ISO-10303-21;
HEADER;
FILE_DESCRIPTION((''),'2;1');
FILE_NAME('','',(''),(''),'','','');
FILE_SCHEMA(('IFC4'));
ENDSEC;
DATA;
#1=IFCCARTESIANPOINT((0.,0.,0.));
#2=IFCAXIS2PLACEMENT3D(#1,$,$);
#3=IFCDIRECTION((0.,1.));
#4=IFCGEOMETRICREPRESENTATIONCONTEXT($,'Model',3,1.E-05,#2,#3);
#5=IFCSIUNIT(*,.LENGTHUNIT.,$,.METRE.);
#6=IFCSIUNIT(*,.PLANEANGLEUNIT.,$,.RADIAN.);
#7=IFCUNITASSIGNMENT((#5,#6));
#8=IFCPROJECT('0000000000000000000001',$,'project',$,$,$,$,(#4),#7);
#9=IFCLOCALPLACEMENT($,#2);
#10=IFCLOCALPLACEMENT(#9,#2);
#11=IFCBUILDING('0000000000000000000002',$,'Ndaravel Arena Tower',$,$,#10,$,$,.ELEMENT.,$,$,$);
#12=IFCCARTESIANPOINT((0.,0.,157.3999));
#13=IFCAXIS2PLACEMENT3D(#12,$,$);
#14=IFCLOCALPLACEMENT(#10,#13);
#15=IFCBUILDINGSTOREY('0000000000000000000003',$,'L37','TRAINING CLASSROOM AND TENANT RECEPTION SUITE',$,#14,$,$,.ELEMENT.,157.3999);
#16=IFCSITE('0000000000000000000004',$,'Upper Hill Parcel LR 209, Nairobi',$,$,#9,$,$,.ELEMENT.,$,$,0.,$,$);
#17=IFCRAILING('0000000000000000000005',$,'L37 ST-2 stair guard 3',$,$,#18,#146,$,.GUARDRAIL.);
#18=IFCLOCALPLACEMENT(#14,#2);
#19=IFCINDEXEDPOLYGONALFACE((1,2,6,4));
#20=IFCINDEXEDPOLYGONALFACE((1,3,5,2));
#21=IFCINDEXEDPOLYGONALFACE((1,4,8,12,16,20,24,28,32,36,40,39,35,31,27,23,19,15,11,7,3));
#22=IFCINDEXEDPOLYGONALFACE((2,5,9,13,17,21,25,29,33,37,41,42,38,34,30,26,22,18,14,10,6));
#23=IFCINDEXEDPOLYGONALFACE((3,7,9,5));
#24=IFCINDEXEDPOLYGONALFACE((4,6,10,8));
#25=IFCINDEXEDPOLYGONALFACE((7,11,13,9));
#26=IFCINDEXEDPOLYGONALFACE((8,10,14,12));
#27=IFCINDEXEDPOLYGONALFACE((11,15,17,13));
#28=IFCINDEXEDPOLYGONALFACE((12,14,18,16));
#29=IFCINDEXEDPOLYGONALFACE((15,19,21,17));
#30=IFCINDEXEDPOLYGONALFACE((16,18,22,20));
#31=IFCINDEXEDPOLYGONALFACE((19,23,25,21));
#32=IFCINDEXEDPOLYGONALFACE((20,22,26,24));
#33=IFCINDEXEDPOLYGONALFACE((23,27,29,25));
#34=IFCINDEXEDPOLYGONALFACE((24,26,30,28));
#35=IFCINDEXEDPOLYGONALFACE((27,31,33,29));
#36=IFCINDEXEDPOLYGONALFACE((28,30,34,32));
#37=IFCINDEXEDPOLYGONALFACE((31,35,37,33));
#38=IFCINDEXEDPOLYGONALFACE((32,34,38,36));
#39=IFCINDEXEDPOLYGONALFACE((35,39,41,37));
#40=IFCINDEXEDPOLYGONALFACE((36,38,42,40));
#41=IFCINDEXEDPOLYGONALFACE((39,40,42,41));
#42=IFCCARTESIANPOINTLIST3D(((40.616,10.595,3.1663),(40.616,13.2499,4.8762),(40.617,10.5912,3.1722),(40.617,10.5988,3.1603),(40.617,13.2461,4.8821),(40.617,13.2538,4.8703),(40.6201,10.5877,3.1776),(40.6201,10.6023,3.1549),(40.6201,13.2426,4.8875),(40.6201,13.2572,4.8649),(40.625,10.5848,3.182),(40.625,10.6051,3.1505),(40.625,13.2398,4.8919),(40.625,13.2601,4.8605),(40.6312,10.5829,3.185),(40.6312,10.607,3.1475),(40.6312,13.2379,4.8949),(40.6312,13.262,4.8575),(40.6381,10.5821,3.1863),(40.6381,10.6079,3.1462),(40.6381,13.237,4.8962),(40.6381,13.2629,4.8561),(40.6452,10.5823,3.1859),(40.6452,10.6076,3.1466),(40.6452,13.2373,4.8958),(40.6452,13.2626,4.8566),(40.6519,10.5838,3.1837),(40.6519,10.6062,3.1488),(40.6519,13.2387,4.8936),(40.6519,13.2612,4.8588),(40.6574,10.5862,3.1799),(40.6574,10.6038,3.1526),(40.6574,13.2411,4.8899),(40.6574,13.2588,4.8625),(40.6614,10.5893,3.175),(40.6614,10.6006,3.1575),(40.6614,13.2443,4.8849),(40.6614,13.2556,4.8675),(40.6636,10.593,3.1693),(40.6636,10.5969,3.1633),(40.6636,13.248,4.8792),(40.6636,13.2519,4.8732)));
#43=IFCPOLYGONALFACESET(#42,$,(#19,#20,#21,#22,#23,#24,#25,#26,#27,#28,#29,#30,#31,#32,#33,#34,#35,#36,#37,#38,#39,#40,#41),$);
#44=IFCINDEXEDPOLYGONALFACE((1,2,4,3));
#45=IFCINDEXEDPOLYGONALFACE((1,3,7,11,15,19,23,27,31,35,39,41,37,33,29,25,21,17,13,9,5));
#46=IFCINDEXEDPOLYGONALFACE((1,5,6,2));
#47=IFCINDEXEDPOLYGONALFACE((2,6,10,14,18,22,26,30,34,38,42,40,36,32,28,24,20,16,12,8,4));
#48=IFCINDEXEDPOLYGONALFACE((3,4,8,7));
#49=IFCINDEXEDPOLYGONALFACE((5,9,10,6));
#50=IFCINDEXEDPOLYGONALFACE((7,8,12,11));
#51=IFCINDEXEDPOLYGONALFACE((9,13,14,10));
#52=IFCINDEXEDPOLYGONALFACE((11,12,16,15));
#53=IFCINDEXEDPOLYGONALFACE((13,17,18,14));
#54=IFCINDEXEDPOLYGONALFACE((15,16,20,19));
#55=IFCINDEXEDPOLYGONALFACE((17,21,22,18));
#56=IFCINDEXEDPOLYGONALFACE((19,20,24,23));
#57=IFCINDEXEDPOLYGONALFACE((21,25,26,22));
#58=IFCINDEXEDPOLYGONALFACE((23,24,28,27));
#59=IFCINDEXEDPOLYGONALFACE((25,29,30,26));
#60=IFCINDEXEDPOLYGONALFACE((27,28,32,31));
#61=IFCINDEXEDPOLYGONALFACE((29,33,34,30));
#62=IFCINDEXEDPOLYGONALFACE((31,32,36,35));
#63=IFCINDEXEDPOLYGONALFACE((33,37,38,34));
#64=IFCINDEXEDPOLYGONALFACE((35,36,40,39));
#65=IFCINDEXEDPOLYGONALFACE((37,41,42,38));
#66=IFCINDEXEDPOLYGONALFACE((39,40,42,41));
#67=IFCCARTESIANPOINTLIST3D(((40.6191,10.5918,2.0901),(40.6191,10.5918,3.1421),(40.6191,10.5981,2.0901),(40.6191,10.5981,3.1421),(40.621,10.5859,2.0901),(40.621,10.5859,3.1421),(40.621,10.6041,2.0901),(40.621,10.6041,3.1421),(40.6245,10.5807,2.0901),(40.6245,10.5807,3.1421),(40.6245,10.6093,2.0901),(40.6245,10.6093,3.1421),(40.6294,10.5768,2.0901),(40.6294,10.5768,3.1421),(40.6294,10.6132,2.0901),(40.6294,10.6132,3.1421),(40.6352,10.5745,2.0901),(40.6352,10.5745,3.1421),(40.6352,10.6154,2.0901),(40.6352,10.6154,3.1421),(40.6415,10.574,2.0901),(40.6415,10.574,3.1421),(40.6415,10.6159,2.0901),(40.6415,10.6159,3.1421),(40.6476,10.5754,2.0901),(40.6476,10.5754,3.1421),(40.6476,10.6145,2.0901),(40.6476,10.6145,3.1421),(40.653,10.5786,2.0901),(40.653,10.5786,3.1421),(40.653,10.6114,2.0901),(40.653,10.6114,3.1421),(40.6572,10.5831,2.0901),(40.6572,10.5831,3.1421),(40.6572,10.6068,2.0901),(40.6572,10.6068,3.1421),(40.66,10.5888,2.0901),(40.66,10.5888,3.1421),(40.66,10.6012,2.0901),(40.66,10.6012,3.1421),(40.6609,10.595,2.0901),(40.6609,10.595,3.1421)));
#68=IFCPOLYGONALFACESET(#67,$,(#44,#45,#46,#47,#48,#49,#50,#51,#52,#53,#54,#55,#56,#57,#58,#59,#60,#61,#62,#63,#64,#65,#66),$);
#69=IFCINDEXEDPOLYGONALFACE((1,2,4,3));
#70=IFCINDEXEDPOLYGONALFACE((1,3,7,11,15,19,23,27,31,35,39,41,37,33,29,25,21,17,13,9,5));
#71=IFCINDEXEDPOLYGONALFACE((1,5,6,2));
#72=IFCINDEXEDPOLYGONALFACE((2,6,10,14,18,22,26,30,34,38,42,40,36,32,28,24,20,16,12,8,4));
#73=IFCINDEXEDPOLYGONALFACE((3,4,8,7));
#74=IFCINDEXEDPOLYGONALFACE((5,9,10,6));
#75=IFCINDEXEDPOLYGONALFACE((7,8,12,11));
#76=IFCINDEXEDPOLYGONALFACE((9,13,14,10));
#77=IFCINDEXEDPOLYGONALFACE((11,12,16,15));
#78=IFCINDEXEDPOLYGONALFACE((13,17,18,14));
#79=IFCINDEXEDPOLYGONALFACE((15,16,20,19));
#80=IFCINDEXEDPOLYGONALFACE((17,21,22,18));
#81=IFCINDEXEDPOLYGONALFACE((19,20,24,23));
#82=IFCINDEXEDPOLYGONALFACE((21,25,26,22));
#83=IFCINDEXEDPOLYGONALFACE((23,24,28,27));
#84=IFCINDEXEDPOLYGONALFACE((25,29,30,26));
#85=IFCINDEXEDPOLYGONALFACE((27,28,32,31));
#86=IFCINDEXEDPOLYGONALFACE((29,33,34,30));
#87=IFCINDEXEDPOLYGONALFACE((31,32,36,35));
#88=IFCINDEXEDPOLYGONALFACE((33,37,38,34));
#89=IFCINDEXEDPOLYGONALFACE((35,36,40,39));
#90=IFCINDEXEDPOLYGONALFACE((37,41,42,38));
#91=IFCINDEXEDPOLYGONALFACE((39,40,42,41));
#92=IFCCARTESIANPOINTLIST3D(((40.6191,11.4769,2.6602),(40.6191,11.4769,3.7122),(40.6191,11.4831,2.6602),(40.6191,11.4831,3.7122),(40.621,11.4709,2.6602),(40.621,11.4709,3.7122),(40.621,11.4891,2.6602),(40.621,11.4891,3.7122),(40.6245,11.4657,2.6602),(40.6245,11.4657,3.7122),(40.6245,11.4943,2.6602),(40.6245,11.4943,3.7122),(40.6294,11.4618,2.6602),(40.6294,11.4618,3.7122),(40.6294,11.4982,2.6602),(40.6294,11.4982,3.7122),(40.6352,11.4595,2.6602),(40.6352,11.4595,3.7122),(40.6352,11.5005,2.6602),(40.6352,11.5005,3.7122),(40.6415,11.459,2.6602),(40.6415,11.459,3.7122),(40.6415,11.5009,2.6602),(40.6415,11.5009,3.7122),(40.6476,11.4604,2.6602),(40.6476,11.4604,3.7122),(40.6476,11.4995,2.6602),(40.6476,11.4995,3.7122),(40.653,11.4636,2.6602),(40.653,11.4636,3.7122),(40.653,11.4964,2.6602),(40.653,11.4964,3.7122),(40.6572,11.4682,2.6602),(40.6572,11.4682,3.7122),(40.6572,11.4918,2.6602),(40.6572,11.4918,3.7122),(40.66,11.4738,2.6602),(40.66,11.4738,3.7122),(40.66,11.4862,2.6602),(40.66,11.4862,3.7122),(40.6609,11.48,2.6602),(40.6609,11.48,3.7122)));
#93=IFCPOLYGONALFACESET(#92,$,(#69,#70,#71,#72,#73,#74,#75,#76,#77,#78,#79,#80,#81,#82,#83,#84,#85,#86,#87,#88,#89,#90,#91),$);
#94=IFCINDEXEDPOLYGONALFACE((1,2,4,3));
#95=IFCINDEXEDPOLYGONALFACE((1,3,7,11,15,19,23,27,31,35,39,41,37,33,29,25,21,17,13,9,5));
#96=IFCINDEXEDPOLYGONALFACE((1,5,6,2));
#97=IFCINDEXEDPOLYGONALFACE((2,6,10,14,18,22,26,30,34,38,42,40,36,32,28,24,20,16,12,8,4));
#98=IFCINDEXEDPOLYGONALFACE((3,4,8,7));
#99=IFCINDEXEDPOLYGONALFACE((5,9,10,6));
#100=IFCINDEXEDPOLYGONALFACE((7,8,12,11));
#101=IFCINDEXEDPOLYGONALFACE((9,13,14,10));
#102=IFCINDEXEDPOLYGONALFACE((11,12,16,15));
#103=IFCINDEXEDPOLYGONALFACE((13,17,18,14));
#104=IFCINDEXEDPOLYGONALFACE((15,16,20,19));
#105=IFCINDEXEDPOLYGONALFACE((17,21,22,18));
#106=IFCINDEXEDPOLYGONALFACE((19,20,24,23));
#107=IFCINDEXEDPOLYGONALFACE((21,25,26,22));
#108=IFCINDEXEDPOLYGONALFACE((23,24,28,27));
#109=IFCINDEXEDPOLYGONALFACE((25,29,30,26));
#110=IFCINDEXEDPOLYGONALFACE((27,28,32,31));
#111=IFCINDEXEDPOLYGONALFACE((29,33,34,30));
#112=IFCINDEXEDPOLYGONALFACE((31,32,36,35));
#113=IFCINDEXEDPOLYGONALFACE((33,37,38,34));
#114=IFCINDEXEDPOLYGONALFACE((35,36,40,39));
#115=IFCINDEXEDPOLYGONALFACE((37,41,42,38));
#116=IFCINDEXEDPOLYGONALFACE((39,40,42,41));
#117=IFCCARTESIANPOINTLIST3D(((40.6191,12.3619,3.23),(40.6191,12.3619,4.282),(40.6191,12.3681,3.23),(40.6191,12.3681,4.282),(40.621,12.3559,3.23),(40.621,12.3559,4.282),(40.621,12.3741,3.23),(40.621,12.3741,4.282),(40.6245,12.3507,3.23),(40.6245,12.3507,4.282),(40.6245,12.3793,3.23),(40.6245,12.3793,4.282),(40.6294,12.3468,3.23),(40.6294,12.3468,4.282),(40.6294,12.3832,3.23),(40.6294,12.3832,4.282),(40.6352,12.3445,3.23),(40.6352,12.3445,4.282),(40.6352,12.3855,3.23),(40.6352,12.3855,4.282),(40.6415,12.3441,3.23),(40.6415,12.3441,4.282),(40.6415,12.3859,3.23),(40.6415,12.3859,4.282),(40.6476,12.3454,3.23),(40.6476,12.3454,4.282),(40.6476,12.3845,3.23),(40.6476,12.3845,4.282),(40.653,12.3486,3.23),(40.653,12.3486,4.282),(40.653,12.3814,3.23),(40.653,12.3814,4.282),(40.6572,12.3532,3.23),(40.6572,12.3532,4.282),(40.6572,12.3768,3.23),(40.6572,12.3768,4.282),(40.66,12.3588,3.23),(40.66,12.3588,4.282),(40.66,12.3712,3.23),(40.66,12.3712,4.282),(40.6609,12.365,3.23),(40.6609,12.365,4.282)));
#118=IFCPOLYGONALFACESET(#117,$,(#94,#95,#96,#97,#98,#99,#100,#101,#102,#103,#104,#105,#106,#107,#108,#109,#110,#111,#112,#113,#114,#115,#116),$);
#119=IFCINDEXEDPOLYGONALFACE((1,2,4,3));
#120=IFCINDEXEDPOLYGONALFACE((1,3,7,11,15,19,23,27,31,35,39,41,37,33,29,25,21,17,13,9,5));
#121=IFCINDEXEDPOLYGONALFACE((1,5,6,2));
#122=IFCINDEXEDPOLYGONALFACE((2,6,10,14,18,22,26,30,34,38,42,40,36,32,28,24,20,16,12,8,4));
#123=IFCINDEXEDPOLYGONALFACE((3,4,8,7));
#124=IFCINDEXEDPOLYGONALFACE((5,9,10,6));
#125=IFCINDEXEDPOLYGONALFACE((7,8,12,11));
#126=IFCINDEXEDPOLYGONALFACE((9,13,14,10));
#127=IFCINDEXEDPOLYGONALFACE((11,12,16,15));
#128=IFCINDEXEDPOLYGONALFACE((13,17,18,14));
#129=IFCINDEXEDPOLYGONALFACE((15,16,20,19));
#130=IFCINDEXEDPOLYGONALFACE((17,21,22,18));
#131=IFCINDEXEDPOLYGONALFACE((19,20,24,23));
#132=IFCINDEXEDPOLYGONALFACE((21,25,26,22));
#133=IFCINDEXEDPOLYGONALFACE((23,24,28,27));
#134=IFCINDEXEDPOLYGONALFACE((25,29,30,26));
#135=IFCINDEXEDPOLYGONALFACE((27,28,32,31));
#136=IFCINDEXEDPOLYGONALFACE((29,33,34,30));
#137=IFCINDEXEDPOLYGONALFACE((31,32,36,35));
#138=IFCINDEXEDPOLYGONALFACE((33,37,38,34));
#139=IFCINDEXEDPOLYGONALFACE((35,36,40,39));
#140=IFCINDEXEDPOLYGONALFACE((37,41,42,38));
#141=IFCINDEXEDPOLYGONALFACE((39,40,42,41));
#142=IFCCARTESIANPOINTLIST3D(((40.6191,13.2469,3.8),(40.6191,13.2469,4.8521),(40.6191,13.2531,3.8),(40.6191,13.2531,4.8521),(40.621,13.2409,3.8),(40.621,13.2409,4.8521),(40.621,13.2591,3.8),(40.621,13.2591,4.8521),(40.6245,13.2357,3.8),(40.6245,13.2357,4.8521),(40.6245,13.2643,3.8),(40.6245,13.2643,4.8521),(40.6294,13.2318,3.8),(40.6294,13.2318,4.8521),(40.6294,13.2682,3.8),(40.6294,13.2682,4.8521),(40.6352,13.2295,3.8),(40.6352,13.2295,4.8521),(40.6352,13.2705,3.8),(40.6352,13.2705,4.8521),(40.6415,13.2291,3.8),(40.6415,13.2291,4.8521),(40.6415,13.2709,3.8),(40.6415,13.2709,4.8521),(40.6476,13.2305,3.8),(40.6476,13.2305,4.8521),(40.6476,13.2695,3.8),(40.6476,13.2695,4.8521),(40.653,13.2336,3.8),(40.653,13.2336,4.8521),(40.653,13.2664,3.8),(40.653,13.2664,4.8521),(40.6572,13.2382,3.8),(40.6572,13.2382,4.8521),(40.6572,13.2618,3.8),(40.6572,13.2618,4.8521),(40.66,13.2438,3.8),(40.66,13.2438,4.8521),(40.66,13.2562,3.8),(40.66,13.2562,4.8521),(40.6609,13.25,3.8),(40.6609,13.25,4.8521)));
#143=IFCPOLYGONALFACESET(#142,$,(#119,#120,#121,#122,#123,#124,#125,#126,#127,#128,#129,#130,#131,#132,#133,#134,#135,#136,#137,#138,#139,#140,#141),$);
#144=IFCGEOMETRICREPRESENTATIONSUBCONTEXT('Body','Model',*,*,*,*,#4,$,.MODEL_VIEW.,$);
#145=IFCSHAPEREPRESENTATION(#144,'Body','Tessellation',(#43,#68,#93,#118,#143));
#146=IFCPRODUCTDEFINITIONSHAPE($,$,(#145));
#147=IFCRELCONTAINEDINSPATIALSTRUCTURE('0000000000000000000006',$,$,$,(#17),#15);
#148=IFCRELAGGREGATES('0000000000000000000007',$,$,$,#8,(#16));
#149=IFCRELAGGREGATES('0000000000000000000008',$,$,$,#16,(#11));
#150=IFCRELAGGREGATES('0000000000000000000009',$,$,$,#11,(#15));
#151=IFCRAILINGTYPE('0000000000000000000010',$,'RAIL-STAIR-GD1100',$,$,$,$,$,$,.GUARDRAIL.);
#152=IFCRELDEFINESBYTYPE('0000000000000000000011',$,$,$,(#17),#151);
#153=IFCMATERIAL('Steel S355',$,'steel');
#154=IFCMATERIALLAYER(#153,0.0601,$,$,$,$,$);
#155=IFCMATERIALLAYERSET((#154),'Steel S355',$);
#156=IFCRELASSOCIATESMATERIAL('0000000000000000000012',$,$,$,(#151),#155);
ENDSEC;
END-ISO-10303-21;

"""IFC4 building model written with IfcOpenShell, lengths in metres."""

from ifc_helpers import new_model, si_unit, direction, frame, origin, origin_2d, place, context, subcontext, project, spatial, circle, extrude, material, layer, layer_set, type_object, element, save


model = new_model("IFC4")

# Units and contexts
model_context = context("Model", 3, precision=1e-05, world=origin(), true_north=direction((0.0, 1.0)))
body_context = subcontext(model_context, "Body", "Model", "MODEL_VIEW")
ifc_project = project(units=[si_unit("LENGTHUNIT", "METRE"), si_unit("PLANEANGLEUNIT", "RADIAN")], contexts=[model_context])

# Site, building, storey
site_placement = place(None, origin())
site = spatial("IfcSite", under=ifc_project, at=site_placement, Name="Upper Hill Parcel LR 209, Nairobi", CompositionType="ELEMENT", RefElevation=0.0)
building_placement = place(site_placement, origin())
building = spatial("IfcBuilding", under=site, at=building_placement, Name="Ndaravel Arena Tower", CompositionType="ELEMENT")
storey_placement = place(building_placement, frame((0.0, 0.0, 157.3999)))
storey = spatial("IfcBuildingStorey", under=building, at=storey_placement, Name="L37", Description="TRAINING CLASSROOM AND TENANT RECEPTION SUITE", CompositionType="ELEMENT", Elevation=157.3999)

# Railing
ifc_material_1 = material(Name="Steel S355", Category="steel")
ifc_layer_1 = layer(ifc_material_1, 0.0601)
ifc_layer_set_1 = layer_set([ifc_layer_1], Name="Steel S355")
railing_type_1 = type_object("IfcRailingType", Name="RAIL-STAIR-GD1100", PredefinedType="GUARDRAIL", material=ifc_layer_set_1)
railing_1_placement = place(storey_placement, frame((40.6399, 10.595, 2.0901)))
element("IfcRailing", 1, at=railing_1_placement, inside=storey, type_object=railing_type_1, Name="L37 ST-2 stair guard 3", PredefinedType="GUARDRAIL", context=body_context, shape_type="SweptSolid", body=[
    extrude(circle(Radius=0.0239, at=origin_2d()), frame((0.0, 0.0, 1.0762), z_axis=(0.0, 0.840724, 0.541465), x_axis=(-1.0, 0.0, 0.0)), (0.0, 0.0, 1.0), 3.158),
    extrude(circle(Radius=0.021, at=origin_2d()), origin(), (0.0, 0.0, 1.0), 1.052),
    extrude(circle(Radius=0.021, at=origin_2d()), frame((0.0, 0.885, 0.5701)), (0.0, 0.0, 1.0), 1.052),
    extrude(circle(Radius=0.021, at=origin_2d()), frame((0.0, 1.77, 1.1399)), (0.0, 0.0, 1.0), 1.052),
    extrude(circle(Radius=0.021, at=origin_2d()), frame((0.0, 2.655, 1.71)), (0.0, 0.0, 1.0), 1.052),
])

save(model, "model.ifc")
